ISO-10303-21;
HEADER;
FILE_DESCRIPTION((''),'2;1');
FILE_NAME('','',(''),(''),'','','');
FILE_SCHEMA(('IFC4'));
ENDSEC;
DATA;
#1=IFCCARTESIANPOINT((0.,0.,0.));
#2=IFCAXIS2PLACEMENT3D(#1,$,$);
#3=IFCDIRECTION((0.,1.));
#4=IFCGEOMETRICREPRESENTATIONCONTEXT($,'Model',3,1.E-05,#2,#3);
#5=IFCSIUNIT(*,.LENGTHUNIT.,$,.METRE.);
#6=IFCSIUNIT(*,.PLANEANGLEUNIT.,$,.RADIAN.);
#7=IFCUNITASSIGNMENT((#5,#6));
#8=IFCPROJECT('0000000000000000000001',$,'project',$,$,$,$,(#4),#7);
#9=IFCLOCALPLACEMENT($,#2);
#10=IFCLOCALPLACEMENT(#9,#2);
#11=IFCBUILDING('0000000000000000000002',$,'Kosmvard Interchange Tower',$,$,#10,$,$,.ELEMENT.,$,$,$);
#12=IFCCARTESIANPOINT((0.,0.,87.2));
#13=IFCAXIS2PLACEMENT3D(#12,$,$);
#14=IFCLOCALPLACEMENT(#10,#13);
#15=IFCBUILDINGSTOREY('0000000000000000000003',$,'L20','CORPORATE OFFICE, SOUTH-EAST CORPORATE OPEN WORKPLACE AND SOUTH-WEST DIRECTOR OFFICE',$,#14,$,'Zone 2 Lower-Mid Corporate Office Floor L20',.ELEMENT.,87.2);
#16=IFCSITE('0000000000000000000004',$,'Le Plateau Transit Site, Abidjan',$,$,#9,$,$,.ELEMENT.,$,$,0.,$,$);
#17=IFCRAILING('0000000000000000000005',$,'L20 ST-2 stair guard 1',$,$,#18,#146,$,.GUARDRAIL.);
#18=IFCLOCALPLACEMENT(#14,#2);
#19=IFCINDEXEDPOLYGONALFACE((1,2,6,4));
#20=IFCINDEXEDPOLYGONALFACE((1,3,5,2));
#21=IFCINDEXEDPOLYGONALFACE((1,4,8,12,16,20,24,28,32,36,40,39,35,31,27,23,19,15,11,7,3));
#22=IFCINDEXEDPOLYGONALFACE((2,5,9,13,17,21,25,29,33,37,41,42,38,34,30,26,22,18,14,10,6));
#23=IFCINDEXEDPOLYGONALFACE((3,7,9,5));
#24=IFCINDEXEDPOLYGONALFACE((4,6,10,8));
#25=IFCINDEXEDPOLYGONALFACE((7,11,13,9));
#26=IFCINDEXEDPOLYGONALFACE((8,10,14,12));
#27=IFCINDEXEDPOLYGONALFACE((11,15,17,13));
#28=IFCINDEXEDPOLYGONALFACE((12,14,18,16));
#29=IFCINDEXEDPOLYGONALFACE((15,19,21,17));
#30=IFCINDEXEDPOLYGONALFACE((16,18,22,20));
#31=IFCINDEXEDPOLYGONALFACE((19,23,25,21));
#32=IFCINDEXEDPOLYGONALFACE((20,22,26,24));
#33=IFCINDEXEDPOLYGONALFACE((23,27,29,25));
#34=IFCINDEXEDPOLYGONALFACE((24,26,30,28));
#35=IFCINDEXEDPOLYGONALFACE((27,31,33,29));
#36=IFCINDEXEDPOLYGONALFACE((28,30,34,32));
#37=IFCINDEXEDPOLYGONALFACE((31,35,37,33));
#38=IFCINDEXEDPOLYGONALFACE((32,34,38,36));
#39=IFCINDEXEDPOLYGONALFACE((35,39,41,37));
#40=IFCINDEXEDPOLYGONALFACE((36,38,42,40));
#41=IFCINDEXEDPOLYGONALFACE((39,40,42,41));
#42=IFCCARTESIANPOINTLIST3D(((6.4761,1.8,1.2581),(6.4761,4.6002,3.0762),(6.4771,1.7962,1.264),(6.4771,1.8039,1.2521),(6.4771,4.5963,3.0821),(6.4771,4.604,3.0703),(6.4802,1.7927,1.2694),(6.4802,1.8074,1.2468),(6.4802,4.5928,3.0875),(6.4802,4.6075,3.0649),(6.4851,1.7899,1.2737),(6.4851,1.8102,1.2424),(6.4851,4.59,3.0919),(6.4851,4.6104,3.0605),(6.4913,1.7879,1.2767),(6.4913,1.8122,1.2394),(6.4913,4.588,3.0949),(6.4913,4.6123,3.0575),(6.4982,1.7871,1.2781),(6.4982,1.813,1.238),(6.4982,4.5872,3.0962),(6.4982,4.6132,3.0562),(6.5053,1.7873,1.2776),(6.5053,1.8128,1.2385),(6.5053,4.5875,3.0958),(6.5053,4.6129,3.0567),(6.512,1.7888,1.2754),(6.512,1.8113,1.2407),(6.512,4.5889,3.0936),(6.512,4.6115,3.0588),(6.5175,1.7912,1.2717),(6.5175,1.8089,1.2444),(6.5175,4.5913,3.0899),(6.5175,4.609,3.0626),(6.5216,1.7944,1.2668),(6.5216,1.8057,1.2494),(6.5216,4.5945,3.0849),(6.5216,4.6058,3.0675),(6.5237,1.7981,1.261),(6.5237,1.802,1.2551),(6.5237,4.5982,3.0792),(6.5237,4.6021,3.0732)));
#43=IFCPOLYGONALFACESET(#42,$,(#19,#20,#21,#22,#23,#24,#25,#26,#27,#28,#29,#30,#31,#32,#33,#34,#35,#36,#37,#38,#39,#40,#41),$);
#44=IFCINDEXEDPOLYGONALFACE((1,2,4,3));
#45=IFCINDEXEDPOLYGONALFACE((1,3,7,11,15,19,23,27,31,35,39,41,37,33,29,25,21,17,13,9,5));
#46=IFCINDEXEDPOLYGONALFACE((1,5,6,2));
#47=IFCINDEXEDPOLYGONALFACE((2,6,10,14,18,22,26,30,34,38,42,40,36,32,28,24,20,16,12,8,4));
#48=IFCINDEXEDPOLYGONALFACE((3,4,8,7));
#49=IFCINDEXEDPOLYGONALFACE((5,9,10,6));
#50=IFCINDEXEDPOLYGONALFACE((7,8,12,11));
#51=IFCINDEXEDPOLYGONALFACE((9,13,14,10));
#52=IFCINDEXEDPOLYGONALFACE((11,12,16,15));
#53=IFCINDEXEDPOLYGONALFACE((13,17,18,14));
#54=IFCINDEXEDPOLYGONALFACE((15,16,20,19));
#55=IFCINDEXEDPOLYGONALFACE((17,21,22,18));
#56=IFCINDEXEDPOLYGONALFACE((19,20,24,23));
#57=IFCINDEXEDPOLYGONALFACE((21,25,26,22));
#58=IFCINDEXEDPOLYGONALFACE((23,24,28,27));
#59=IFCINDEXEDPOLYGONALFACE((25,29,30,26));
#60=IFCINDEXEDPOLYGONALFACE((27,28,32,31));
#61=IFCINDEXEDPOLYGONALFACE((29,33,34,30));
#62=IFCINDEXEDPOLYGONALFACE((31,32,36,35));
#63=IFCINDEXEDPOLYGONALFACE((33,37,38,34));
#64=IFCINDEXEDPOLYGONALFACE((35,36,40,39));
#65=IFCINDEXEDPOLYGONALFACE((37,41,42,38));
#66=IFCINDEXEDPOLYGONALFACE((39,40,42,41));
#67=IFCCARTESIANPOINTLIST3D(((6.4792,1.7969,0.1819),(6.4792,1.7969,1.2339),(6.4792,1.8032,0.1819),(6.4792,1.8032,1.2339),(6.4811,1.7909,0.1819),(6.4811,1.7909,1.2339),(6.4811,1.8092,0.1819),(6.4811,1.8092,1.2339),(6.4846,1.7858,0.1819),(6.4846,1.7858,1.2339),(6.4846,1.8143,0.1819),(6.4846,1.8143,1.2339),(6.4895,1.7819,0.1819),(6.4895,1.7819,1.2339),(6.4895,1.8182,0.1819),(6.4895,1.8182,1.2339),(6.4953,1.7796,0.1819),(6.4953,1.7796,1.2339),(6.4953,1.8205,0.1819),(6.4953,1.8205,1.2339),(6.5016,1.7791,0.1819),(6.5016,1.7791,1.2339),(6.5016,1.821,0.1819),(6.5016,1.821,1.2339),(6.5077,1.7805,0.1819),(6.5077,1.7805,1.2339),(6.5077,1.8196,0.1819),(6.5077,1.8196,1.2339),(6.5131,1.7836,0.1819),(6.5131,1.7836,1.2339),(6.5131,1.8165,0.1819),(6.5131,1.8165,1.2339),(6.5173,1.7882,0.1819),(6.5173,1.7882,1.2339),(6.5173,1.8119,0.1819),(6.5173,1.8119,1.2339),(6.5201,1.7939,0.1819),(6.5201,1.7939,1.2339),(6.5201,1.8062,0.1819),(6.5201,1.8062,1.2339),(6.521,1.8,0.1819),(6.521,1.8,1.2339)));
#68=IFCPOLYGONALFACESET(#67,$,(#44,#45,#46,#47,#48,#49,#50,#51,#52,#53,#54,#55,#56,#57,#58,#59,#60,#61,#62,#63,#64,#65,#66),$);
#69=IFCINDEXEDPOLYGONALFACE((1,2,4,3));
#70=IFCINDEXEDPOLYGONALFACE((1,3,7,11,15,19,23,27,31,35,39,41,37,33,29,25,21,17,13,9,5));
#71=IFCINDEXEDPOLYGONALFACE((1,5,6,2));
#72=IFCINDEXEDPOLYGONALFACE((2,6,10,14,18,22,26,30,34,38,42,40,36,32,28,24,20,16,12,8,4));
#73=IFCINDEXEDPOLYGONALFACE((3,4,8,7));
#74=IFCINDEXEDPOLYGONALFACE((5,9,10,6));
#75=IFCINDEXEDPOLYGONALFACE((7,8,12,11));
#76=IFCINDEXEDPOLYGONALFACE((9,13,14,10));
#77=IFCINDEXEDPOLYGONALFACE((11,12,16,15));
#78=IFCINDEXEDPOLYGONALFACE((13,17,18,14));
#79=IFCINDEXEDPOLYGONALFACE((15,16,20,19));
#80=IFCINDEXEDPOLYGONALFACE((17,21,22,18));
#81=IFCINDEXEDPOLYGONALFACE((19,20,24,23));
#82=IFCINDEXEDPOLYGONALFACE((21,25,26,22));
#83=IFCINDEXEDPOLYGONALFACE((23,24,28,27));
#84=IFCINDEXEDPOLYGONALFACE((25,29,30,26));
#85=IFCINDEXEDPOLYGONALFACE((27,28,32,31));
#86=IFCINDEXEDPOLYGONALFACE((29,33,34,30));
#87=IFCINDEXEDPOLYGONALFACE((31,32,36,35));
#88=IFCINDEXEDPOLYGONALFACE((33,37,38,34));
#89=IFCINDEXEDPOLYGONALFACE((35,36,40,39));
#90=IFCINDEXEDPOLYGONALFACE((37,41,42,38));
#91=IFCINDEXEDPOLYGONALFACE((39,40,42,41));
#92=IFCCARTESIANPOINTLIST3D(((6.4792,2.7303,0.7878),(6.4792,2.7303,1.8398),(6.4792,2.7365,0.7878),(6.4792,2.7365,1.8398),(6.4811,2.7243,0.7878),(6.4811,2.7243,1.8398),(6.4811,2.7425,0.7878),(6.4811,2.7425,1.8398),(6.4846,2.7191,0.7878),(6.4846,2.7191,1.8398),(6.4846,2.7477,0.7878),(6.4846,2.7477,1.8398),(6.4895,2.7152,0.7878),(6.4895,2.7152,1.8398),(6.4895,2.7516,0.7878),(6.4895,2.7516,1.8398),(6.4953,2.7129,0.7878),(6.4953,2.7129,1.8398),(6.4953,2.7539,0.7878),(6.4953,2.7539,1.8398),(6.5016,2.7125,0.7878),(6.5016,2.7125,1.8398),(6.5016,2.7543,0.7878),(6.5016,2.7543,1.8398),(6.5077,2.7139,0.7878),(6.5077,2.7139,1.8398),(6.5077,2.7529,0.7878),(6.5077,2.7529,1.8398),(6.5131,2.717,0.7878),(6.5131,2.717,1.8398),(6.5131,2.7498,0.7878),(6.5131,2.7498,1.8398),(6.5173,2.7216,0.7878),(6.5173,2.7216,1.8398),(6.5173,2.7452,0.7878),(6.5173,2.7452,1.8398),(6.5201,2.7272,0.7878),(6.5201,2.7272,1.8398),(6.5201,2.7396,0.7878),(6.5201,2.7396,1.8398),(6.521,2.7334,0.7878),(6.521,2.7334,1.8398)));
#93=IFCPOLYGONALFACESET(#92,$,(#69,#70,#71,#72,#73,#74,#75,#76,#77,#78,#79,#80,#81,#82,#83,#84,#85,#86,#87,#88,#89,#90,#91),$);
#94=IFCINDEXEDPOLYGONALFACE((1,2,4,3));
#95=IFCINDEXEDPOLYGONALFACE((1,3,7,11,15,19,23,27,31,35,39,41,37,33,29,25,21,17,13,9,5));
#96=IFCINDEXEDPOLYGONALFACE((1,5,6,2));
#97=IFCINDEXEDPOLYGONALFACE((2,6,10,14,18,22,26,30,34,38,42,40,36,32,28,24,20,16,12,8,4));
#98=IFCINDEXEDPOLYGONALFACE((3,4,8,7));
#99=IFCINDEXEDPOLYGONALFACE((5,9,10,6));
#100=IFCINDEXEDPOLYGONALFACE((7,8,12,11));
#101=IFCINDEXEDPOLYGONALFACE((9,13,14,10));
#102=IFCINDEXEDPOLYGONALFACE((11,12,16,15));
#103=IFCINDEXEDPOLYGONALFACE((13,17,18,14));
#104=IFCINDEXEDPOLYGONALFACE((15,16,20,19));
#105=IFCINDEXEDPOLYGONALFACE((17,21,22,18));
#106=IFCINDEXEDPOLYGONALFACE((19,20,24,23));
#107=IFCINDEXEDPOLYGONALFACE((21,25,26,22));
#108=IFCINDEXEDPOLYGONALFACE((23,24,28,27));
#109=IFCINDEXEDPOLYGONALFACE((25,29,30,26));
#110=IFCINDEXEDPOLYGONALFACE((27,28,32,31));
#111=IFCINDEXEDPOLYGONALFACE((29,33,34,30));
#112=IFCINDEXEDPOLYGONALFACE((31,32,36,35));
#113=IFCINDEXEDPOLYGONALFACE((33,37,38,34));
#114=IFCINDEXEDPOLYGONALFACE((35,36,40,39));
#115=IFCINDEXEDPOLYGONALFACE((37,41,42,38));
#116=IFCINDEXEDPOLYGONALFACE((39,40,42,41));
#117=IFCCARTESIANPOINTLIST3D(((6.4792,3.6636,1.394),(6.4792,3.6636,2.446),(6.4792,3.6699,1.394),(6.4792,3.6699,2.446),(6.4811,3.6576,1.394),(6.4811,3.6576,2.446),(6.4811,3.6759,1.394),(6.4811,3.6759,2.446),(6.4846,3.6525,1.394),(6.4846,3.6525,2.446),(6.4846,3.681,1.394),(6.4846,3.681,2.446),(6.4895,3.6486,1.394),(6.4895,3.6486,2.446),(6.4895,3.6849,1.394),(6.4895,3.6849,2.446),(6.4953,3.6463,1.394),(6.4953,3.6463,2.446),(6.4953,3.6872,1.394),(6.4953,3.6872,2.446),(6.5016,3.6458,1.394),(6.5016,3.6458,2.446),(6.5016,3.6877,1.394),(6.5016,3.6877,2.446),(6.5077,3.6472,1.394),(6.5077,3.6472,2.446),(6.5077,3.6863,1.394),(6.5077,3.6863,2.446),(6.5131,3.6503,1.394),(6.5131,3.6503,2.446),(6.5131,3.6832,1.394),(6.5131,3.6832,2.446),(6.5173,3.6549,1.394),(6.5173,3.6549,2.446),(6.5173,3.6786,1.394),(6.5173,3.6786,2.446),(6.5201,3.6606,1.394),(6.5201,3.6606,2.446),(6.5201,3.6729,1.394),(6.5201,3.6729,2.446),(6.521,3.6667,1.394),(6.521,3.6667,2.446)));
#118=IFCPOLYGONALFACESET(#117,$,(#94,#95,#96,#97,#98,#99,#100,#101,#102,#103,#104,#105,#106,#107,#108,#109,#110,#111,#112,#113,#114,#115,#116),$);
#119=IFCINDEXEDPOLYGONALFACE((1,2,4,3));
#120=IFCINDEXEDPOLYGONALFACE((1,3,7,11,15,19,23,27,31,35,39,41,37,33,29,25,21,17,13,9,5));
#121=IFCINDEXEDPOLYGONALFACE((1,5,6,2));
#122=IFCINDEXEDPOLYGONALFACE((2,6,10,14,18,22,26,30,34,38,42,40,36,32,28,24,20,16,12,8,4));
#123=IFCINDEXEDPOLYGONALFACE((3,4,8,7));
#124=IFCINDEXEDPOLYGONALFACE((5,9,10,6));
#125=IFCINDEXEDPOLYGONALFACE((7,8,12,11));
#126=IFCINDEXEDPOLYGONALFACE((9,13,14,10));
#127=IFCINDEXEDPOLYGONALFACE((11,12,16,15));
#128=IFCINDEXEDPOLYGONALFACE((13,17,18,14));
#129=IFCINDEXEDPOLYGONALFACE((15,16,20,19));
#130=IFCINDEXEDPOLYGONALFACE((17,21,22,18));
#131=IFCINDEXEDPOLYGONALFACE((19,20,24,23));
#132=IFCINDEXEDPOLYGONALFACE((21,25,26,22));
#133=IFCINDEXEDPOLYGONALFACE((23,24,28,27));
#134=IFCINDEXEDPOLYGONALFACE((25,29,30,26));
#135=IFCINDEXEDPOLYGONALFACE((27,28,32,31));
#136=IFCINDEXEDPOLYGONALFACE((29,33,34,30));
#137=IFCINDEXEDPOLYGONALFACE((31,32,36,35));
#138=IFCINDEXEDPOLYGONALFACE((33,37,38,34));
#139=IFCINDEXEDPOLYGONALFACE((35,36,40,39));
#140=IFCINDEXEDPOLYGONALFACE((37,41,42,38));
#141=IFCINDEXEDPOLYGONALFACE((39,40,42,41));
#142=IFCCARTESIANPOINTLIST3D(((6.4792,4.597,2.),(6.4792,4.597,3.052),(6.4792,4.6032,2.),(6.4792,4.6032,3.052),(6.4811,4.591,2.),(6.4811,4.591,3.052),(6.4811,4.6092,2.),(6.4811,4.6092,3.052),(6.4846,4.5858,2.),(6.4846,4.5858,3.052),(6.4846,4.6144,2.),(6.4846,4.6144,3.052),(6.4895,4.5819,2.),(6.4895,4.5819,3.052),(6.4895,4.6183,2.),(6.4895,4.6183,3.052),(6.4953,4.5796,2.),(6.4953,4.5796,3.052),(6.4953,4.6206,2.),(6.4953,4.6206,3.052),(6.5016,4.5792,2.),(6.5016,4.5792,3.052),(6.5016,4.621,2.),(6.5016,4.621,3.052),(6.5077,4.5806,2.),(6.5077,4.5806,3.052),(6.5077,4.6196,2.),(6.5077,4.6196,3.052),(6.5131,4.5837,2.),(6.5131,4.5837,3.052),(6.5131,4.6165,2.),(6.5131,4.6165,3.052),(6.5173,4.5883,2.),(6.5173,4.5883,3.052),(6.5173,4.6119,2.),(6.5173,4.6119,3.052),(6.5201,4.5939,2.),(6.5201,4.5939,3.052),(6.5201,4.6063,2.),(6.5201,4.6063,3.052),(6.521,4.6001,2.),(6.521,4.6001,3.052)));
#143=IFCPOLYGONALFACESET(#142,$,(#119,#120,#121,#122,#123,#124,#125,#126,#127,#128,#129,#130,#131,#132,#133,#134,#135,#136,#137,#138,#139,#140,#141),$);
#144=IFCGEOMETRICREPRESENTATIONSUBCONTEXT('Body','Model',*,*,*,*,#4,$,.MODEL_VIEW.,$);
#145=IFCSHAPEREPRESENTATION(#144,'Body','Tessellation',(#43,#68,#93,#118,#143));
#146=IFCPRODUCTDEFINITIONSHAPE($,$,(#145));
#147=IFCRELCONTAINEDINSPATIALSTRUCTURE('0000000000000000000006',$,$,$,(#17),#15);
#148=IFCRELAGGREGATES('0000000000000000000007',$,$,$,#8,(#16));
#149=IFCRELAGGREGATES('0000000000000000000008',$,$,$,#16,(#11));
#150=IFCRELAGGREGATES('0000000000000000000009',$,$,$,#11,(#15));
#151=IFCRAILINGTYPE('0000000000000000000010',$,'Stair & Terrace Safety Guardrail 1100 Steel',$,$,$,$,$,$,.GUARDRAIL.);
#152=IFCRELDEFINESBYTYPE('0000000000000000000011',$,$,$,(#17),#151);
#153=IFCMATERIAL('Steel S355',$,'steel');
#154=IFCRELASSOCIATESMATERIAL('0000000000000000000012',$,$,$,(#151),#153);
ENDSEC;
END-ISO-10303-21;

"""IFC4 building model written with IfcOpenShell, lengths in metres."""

from ifc_helpers import new_model, si_unit, direction, frame, origin, origin_2d, place, context, subcontext, project, spatial, circle, extrude, source, transform, mapped, material, type_object, element, save


model = new_model("IFC4")

# Units and contexts
model_context = context("Model", 3, precision=1e-05, world=origin(), true_north=direction((0.0, 1.0)))
body_context = subcontext(model_context, "Body", "Model", "MODEL_VIEW")
ifc_project = project(units=[si_unit("LENGTHUNIT", "METRE"), si_unit("PLANEANGLEUNIT", "RADIAN")], contexts=[model_context])

# Site, building, storey
site_placement = place(None, origin())
site = spatial("IfcSite", under=ifc_project, at=site_placement, Name="Le Plateau Transit Site, Abidjan", CompositionType="ELEMENT", RefElevation=0.0)
building_placement = place(site_placement, origin())
building = spatial("IfcBuilding", under=site, at=building_placement, Name="Kosmvard Interchange Tower", CompositionType="ELEMENT")
storey_placement = place(building_placement, frame((0.0, 0.0, 87.2)))
storey = spatial("IfcBuildingStorey", under=building, at=storey_placement, Name="L20", Description="CORPORATE OFFICE, SOUTH-EAST CORPORATE OPEN WORKPLACE AND SOUTH-WEST DIRECTOR OFFICE", LongName="Zone 2 Lower-Mid Corporate Office Floor L20", CompositionType="ELEMENT", Elevation=87.2)

# Shared definitions
ifc_material_1 = material(Name="Steel S355", Category="steel")

# Railing
railing_type_1 = type_object("IfcRailingType", Name="Stair & Terrace Safety Guardrail 1100 Steel", PredefinedType="GUARDRAIL", material=ifc_material_1)
shared_shape_1 = source(origin(), body_context, "Body", "SweptSolid", [
    extrude(circle(Radius=0.0239, at=origin_2d()), frame((0.0, 0.0, 1.0762), z_axis=(0.0, 0.838706, 0.544585), x_axis=(-1.0, 0.0, 0.0)), (0.0, 0.0, 1.0), 3.3386),
    extrude(circle(Radius=0.021, at=origin_2d()), origin(), (0.0, 0.0, 1.0), 1.052),
    extrude(circle(Radius=0.021, at=origin_2d()), frame((0.0, 0.9333, 0.606)), (0.0, 0.0, 1.0), 1.052),
    extrude(circle(Radius=0.021, at=origin_2d()), frame((0.0, 1.8667, 1.2122)), (0.0, 0.0, 1.0), 1.052),
    extrude(circle(Radius=0.021, at=origin_2d()), frame((0.0, 2.8, 1.8181)), (0.0, 0.0, 1.0), 1.052),
])
railing_1_placement = place(storey_placement, frame((6.5, 1.8, 0.1819)))
element("IfcRailing", 1, at=railing_1_placement, inside=storey, type_object=railing_type_1, Name="L20 ST-2 stair guard 1", PredefinedType="GUARDRAIL", context=body_context, shape_type="MappedRepresentation", body=[
    mapped(shared_shape_1, transform((0.0, 0.0, 0.0), scale=1.0)),
])

save(model, "model.ifc")
